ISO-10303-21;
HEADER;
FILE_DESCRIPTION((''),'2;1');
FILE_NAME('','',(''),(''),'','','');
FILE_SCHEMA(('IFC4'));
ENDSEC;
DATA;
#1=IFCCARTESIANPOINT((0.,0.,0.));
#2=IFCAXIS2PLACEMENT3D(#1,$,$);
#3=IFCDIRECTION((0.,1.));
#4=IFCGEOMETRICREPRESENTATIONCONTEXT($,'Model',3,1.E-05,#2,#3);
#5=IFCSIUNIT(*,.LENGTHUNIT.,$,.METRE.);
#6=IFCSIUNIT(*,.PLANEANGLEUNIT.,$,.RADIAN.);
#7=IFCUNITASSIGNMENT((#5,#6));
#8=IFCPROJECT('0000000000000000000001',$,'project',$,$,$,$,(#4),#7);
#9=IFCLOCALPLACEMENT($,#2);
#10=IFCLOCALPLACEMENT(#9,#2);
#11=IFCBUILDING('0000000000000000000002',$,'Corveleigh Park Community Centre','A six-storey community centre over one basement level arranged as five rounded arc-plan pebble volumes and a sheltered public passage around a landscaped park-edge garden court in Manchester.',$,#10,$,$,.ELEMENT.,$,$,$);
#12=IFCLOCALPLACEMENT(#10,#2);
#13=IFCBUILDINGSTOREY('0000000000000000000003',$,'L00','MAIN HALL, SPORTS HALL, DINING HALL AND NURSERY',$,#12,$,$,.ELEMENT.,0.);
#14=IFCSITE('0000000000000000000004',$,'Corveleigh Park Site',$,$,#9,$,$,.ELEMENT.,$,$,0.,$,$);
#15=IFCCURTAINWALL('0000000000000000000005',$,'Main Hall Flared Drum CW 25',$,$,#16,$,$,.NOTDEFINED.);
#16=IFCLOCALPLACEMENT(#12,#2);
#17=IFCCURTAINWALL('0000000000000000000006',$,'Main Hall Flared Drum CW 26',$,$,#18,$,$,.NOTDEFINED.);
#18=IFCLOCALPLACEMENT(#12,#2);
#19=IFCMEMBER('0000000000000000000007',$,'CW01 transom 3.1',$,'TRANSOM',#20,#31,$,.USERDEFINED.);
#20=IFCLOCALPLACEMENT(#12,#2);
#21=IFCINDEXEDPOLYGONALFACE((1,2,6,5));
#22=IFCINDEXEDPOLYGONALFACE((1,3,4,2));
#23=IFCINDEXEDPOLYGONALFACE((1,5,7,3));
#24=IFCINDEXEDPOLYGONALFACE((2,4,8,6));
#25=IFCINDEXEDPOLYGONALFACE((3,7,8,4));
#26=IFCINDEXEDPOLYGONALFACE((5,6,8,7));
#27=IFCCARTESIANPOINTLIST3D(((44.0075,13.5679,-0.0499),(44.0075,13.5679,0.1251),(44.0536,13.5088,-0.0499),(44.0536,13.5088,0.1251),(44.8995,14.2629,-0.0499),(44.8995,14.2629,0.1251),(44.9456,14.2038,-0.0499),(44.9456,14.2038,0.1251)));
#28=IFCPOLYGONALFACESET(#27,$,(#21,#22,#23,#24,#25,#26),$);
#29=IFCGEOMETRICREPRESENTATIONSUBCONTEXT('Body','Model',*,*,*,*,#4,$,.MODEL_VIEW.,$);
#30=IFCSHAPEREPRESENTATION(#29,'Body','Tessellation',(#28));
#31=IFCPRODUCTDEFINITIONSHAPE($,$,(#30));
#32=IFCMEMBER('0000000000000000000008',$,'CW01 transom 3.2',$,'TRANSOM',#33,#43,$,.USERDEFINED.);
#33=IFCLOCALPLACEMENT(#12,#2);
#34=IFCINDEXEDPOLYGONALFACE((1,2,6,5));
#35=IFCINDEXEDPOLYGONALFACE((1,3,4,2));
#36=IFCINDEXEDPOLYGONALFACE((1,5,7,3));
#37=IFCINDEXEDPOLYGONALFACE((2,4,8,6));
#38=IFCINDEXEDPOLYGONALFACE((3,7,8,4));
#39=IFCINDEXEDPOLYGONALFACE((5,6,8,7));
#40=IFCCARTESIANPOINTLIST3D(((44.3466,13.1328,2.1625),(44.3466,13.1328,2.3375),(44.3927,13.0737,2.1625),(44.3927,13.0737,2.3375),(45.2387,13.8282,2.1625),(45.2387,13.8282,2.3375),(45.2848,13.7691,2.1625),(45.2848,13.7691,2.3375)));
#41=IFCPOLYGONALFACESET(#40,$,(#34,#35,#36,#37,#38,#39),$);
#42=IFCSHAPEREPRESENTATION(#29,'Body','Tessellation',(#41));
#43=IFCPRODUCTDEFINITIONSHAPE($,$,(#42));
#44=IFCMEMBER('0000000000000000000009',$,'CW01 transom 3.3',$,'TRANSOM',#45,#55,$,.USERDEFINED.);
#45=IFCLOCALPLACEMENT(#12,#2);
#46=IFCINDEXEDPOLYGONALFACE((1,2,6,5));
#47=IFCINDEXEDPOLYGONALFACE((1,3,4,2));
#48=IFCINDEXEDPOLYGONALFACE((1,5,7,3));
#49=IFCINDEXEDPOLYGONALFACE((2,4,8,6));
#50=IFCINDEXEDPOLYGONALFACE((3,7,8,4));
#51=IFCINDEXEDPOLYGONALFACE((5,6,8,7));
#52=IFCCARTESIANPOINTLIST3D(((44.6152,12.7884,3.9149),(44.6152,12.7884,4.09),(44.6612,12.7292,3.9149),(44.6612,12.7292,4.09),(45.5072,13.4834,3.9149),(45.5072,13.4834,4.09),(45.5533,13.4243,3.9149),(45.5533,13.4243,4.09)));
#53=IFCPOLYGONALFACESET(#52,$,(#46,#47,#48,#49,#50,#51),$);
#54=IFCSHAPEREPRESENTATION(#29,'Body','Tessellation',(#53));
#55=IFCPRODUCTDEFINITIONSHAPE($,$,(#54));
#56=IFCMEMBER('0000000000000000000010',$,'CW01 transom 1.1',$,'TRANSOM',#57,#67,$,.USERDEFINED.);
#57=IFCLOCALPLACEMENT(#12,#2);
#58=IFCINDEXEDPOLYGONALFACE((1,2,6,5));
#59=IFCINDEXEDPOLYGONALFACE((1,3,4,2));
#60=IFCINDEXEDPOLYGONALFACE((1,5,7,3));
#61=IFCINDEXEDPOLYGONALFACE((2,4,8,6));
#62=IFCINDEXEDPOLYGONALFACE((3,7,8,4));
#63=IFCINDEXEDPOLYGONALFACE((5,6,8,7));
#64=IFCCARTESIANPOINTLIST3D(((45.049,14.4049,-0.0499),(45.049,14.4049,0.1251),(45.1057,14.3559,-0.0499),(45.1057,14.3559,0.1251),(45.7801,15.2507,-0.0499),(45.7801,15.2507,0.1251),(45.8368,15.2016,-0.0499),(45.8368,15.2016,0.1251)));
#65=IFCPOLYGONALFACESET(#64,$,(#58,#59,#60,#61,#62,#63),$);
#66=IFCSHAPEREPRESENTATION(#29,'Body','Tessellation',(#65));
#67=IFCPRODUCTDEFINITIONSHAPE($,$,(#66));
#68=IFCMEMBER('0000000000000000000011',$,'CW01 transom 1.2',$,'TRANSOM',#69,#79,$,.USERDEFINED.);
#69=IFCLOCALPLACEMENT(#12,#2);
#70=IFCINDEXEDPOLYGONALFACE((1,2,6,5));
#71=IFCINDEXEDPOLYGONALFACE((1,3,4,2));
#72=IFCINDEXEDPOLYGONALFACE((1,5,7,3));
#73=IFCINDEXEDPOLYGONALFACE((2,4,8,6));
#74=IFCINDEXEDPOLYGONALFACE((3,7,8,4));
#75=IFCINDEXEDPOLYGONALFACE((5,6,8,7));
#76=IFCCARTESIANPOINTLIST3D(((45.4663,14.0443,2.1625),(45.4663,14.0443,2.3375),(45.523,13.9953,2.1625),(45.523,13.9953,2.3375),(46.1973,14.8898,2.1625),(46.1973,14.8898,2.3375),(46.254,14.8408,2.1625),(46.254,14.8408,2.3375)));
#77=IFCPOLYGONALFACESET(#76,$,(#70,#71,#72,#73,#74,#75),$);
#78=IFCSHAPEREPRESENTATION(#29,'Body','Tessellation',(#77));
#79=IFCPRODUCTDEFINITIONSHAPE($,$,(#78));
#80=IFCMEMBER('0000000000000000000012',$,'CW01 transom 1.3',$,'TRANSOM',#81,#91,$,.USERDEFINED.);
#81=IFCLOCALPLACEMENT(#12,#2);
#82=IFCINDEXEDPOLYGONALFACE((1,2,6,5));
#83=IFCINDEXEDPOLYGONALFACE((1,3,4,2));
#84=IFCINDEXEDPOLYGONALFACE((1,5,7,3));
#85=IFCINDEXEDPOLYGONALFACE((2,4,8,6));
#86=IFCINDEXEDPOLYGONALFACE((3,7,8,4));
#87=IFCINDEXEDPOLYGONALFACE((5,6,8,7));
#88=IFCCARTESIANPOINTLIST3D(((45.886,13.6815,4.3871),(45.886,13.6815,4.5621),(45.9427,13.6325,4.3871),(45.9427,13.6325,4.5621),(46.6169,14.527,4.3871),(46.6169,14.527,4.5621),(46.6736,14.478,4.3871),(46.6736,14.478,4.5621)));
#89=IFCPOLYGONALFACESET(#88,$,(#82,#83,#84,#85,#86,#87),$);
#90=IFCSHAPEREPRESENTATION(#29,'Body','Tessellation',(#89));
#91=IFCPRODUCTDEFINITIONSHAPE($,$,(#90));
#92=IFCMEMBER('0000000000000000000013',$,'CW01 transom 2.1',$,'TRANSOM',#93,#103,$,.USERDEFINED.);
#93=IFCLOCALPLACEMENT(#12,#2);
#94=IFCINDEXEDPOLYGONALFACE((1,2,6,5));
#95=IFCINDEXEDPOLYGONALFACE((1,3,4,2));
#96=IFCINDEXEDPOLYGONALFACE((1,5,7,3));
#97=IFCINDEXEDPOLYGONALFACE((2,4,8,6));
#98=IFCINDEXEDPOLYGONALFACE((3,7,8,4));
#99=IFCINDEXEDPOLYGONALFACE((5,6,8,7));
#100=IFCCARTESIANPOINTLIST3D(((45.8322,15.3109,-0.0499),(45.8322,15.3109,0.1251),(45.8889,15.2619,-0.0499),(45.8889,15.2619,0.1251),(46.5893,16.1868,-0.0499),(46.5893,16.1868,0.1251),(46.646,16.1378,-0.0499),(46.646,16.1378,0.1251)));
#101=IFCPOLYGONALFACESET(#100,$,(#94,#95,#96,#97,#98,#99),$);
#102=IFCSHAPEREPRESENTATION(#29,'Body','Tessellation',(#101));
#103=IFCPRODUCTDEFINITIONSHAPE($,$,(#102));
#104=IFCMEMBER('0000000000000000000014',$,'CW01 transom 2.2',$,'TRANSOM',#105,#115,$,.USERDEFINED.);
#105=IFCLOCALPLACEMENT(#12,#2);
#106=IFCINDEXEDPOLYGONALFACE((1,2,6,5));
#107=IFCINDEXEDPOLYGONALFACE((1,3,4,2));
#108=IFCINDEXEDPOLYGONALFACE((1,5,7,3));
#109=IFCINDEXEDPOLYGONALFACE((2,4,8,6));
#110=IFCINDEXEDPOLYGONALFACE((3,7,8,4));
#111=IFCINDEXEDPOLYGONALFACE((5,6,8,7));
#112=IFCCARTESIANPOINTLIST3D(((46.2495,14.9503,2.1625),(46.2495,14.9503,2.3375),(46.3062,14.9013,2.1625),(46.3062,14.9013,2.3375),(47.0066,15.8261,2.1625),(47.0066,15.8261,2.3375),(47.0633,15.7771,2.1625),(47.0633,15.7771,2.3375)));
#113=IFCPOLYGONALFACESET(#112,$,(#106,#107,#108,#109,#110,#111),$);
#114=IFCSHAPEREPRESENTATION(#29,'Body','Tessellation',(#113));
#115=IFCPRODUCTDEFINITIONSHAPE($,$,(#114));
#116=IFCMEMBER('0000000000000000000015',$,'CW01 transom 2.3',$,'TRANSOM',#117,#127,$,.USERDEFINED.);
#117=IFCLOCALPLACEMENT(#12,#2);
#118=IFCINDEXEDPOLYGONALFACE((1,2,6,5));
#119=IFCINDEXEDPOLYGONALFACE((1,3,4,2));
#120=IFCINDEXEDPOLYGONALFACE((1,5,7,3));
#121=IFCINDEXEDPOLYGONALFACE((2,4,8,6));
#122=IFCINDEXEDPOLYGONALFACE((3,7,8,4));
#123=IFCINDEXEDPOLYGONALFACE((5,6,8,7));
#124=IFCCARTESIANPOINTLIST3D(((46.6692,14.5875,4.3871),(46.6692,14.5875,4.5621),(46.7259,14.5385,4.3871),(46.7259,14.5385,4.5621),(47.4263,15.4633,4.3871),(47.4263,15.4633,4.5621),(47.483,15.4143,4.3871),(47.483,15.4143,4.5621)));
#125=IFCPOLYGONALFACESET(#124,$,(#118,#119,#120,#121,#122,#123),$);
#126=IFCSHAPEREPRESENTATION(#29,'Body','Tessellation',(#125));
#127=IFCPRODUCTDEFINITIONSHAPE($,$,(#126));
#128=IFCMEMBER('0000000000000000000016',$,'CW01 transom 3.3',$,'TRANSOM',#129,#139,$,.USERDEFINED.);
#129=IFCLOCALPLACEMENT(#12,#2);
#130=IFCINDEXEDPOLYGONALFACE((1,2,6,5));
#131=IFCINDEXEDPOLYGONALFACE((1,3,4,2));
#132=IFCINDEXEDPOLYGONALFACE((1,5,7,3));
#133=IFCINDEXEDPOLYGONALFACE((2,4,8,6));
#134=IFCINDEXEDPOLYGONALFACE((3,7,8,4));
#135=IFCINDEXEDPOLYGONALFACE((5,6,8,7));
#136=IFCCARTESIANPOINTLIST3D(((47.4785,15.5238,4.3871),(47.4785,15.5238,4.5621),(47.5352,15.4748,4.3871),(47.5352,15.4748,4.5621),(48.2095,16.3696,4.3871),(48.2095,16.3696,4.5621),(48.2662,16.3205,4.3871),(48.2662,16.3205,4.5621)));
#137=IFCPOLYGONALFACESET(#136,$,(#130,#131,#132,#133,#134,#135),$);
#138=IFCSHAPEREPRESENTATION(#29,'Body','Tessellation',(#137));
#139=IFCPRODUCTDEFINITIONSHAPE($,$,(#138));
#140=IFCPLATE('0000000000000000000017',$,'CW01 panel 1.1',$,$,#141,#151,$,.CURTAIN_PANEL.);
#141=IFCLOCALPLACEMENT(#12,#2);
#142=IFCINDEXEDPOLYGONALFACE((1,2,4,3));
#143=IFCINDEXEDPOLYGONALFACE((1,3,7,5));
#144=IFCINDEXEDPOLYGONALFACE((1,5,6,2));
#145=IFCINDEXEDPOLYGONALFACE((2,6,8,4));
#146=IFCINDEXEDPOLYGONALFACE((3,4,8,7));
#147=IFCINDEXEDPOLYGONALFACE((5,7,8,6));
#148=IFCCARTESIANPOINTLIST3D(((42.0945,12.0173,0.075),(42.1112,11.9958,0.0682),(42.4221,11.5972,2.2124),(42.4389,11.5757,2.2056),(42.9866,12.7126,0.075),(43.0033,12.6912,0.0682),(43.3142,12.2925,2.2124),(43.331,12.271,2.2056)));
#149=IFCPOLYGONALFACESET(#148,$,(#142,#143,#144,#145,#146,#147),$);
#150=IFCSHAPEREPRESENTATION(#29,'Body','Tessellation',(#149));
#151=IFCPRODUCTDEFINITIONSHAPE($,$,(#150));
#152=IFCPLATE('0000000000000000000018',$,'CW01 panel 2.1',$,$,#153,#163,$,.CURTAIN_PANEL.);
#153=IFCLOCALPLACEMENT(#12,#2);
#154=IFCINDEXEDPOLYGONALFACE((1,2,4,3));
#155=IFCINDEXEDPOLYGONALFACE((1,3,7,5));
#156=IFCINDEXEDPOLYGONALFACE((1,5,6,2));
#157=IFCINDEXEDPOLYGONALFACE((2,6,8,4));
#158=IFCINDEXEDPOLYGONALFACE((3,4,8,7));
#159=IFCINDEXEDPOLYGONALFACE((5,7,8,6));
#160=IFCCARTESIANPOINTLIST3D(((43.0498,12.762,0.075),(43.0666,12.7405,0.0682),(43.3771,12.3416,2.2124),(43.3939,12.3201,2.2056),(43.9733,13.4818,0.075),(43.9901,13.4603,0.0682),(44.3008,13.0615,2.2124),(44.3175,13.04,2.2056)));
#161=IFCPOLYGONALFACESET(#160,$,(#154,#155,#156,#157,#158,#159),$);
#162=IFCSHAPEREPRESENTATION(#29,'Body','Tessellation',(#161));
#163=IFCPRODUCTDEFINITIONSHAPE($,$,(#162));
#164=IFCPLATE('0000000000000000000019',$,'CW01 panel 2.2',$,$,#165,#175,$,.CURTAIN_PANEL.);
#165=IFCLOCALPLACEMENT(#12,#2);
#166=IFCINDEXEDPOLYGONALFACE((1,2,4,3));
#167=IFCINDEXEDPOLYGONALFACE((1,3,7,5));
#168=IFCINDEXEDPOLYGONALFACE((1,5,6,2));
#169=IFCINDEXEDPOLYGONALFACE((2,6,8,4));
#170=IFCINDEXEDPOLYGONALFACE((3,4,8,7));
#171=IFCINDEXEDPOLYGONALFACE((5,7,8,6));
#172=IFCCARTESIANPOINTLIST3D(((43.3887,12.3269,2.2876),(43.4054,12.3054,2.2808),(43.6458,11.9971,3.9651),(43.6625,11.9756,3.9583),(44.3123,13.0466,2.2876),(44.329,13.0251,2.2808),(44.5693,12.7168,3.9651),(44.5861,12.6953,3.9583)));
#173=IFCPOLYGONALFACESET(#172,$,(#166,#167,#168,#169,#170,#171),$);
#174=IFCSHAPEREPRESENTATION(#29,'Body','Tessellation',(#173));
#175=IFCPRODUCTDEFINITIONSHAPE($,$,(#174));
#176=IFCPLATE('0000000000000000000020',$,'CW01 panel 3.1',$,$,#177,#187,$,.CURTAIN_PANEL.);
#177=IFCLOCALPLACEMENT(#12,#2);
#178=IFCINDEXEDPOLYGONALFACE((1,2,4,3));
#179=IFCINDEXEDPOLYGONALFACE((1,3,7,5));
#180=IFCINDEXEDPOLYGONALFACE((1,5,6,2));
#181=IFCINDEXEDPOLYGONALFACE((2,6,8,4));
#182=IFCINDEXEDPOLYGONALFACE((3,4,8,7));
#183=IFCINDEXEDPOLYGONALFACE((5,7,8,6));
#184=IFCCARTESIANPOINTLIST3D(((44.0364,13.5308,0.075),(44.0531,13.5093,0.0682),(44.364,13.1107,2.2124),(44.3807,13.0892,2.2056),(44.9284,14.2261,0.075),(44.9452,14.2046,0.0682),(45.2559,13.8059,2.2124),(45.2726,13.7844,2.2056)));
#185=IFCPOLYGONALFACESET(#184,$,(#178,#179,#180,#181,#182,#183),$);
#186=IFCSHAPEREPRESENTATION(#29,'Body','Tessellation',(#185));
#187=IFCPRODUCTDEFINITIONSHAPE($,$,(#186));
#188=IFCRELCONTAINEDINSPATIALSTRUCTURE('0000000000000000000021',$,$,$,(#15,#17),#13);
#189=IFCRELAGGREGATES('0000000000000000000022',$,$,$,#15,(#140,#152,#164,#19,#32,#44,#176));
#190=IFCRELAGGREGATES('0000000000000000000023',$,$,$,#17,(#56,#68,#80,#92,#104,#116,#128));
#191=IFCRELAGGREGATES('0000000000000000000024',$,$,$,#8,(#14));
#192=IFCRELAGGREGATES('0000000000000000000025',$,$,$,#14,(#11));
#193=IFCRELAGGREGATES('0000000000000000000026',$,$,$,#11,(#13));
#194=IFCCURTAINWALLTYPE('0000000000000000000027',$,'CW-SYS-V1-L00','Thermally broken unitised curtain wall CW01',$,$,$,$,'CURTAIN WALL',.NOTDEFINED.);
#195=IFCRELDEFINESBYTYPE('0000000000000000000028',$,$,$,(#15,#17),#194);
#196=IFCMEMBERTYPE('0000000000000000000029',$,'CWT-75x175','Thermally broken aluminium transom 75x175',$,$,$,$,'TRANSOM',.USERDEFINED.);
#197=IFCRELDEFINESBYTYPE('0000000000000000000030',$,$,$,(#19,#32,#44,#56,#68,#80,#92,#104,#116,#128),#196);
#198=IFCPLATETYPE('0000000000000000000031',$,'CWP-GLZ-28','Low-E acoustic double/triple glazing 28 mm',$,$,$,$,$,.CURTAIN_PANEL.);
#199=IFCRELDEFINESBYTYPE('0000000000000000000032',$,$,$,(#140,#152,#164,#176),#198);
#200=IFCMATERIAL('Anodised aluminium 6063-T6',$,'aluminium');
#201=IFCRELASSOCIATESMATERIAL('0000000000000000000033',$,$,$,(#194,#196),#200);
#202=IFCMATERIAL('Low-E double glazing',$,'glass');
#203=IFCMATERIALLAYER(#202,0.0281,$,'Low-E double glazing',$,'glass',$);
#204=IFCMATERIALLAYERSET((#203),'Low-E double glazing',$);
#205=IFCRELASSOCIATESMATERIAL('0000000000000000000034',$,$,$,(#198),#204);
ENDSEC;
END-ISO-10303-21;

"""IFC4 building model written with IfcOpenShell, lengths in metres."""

from ifc_helpers import new_model, si_unit, direction, frame, origin, origin_2d, place, context, subcontext, project, spatial, polyline, rectangle, outline, extrude, material, layer, layer_set, material_profile, profile_set, type_object, element, aggregate, save


model = new_model("IFC4")

# Units and contexts
model_context = context("Model", 3, precision=1e-05, world=origin(), true_north=direction((0.0, 1.0)))
body_context = subcontext(model_context, "Body", "Model", "MODEL_VIEW")
ifc_project = project(units=[si_unit("LENGTHUNIT", "METRE"), si_unit("PLANEANGLEUNIT", "RADIAN")], contexts=[model_context])

# Site, building, storey
site_placement = place(None, origin())
site = spatial("IfcSite", under=ifc_project, at=site_placement, Name="Corveleigh Park Site", CompositionType="ELEMENT", RefElevation=0.0)
building_placement = place(site_placement, origin())
building = spatial("IfcBuilding", under=site, at=building_placement, Name="Corveleigh Park Community Centre", Description="A six-storey community centre over one basement level arranged as five rounded arc-plan pebble volumes and a sheltered public passage around a landscaped park-edge garden court in Manchester.", CompositionType="ELEMENT")
storey_placement = place(building_placement, origin())
storey = spatial("IfcBuildingStorey", under=building, at=storey_placement, Name="L00", Description="MAIN HALL, SPORTS HALL, DINING HALL AND NURSERY", CompositionType="ELEMENT", Elevation=0.0)

# Shared definitions
ifc_material_1 = material(Name="Anodised aluminium 6063-T6", Category="aluminium")
curtain_wall_type = type_object("IfcCurtainWallType", Name="CW-SYS-V1-L00", Description="Thermally broken unitised curtain wall CW01", ElementType="CURTAIN WALL", PredefinedType="NOTDEFINED", material=ifc_material_1)

# Curtain walls
curtain_wall_1_placement = place(storey_placement, origin())
curtain_wall_1 = element("IfcCurtainWall", 1, at=curtain_wall_1_placement, inside=storey, type_object=curtain_wall_type, Name="Main Hall Flared Drum CW 25", PredefinedType="NOTDEFINED")
curtain_wall_2_placement = place(storey_placement, origin())
curtain_wall_2 = element("IfcCurtainWall", 2, at=curtain_wall_2_placement, inside=storey, type_object=curtain_wall_type, Name="Main Hall Flared Drum CW 26", PredefinedType="NOTDEFINED")

# Members
ifc_material_profile_1 = material_profile(ifc_material_1, rectangle(XDim=0.075, YDim=0.175, at=origin_2d()), Name="ALU-T75x175", Category="aluminium")
ifc_profile_set_1 = profile_set([ifc_material_profile_1], Name="Anodised aluminium 6063-T6")
member_type_1 = type_object("IfcMemberType", Name="CWT-75x175", Description="Thermally broken aluminium transom 75x175", ElementType="TRANSOM", PredefinedType="USERDEFINED", material=ifc_profile_set_1)
member_1_placement = place(storey_placement, frame((44.0305, 13.5383, 0.0376), z_axis=(0.788829, 0.614613, 0.0), x_axis=(-0.614613, 0.788829, 0.0)))
member_1 = element("IfcMember", 3, at=member_1_placement, type_object=member_type_1, Name="CW01 transom 3.1", ObjectType="TRANSOM", PredefinedType="USERDEFINED", context=body_context, shape_type="SweptSolid", body=[
    extrude(rectangle(XDim=0.075, YDim=0.175, at=origin_2d()), origin(), (0.0, 0.0, 1.0), 1.1309),
])
member_2_placement = place(storey_placement, frame((44.3696, 13.1033, 2.25), z_axis=(0.788724, 0.614747, 0.0), x_axis=(-0.614747, 0.788724, 0.0)))
member_2 = element("IfcMember", 4, at=member_2_placement, type_object=member_type_1, Name="CW01 transom 3.2", ObjectType="TRANSOM", PredefinedType="USERDEFINED", context=body_context, shape_type="SweptSolid", body=[
    extrude(rectangle(XDim=0.075, YDim=0.175, at=origin_2d()), origin(), (0.0, 0.0, 1.0), 1.1311),
])
member_3_placement = place(storey_placement, frame((44.6382, 12.7588, 4.0024), z_axis=(0.788829, 0.614613, 0.0), x_axis=(-0.614613, 0.788829, 0.0)))
member_3 = element("IfcMember", 5, at=member_3_placement, type_object=member_type_1, Name="CW01 transom 3.3", ObjectType="TRANSOM", PredefinedType="USERDEFINED", context=body_context, shape_type="SweptSolid", body=[
    extrude(rectangle(XDim=0.075, YDim=0.175, at=origin_2d()), origin(), (0.0, 0.0, 1.0), 1.1309),
])
member_4_placement = place(storey_placement, frame((45.0774, 14.3804, 0.0376), z_axis=(0.653916, 0.756568, 0.0), x_axis=(-0.756568, 0.653916, 0.0)))
member_4 = element("IfcMember", 6, at=member_4_placement, type_object=member_type_1, Name="CW01 transom 1.1", ObjectType="TRANSOM", PredefinedType="USERDEFINED", context=body_context, shape_type="SweptSolid", body=[
    extrude(rectangle(XDim=0.075, YDim=0.175, at=origin_2d()), origin(), (0.0, 0.0, 1.0), 1.1179),
])
member_5_placement = place(storey_placement, frame((45.4946, 14.0198, 2.25), z_axis=(0.654024, 0.756474, 0.0), x_axis=(-0.756474, 0.654024, 0.0)))
member_5 = element("IfcMember", 7, at=member_5_placement, type_object=member_type_1, Name="CW01 transom 1.2", ObjectType="TRANSOM", PredefinedType="USERDEFINED", context=body_context, shape_type="SweptSolid", body=[
    extrude(rectangle(XDim=0.075, YDim=0.175, at=origin_2d()), origin(), (0.0, 0.0, 1.0), 1.1177),
])
member_6_placement = place(storey_placement, frame((45.9143, 13.657, 4.4746), z_axis=(0.654024, 0.756474, 0.0), x_axis=(-0.756474, 0.654024, 0.0)))
member_6 = element("IfcMember", 8, at=member_6_placement, type_object=member_type_1, Name="CW01 transom 1.3", ObjectType="TRANSOM", PredefinedType="USERDEFINED", context=body_context, shape_type="SweptSolid", body=[
    extrude(rectangle(XDim=0.075, YDim=0.175, at=origin_2d()), origin(), (0.0, 0.0, 1.0), 1.1177),
])
member_7_placement = place(storey_placement, frame((45.8606, 15.2864, 0.0376), z_axis=(0.653894, 0.756586, 0.0), x_axis=(-0.756586, 0.653894, 0.0)))
member_7 = element("IfcMember", 9, at=member_7_placement, type_object=member_type_1, Name="CW01 transom 2.1", ObjectType="TRANSOM", PredefinedType="USERDEFINED", context=body_context, shape_type="SweptSolid", body=[
    extrude(rectangle(XDim=0.075, YDim=0.175, at=origin_2d()), origin(), (0.0, 0.0, 1.0), 1.1577),
])
member_8_placement = place(storey_placement, frame((46.2778, 14.9258, 2.25), z_axis=(0.653999, 0.756496, 0.0), x_axis=(-0.756496, 0.653999, 0.0)))
member_8 = element("IfcMember", 10, at=member_8_placement, type_object=member_type_1, Name="CW01 transom 2.2", ObjectType="TRANSOM", PredefinedType="USERDEFINED", context=body_context, shape_type="SweptSolid", body=[
    extrude(rectangle(XDim=0.075, YDim=0.175, at=origin_2d()), origin(), (0.0, 0.0, 1.0), 1.1577),
])
member_9_placement = place(storey_placement, frame((46.6975, 14.563, 4.4746), z_axis=(0.653999, 0.756496, 0.0), x_axis=(-0.756496, 0.653999, 0.0)))
member_9 = element("IfcMember", 11, at=member_9_placement, type_object=member_type_1, Name="CW01 transom 2.3", ObjectType="TRANSOM", PredefinedType="USERDEFINED", context=body_context, shape_type="SweptSolid", body=[
    extrude(rectangle(XDim=0.075, YDim=0.175, at=origin_2d()), origin(), (0.0, 0.0, 1.0), 1.1577),
])
member_10_placement = place(storey_placement, frame((47.5068, 15.4993, 4.4746), z_axis=(0.653916, 0.756568, 0.0), x_axis=(-0.756568, 0.653916, 0.0)))
member_10 = element("IfcMember", 12, at=member_10_placement, type_object=member_type_1, Name="CW01 transom 3.3", ObjectType="TRANSOM", PredefinedType="USERDEFINED", context=body_context, shape_type="SweptSolid", body=[
    extrude(rectangle(XDim=0.075, YDim=0.175, at=origin_2d()), origin(), (0.0, 0.0, 1.0), 1.1179),
])

# Plates
ifc_material_2 = material(Name="Low-E double glazing", Category="glass")
ifc_layer = layer(ifc_material_2, 0.0281, Name="Low-E double glazing", Category="glass")
ifc_layer_set = layer_set([ifc_layer], Name="Low-E double glazing")
plate_type = type_object("IfcPlateType", Name="CWP-GLZ-28", Description="Low-E acoustic double/triple glazing 28 mm", PredefinedType="CURTAIN_PANEL", material=ifc_layer_set)
plate_1_placement = place(storey_placement, frame((42.0945, 12.0173, 0.075), z_axis=(-0.596494, 0.765306, 0.241872), x_axis=(0.788724, 0.614747, 0.0)))
plate_1 = element("IfcPlate", 13, at=plate_1_placement, type_object=plate_type, Name="CW01 panel 1.1", PredefinedType="CURTAIN_PANEL", context=body_context, shape_type="SweptSolid", body=[
    extrude(outline(polyline([(0.0, 0.0), (1.1311, 0.0), (1.1312, -2.2029), (0.0001, -2.2029), (0.0, 0.0)])), origin(), (0.0, 0.0, -1.0), 0.0281),
])
plate_2_placement = place(storey_placement, frame((43.0498, 12.762, 0.075), z_axis=(-0.596492, 0.765315, 0.241849), x_axis=(0.788732, 0.614738, 0.000019)))
plate_2 = element("IfcPlate", 14, at=plate_2_placement, type_object=plate_type, Name="CW01 panel 2.1", PredefinedType="CURTAIN_PANEL", context=body_context, shape_type="SweptSolid", body=[
    extrude(outline(polyline([(0.0, 0.0), (1.1709, 0.0), (1.1709, -2.2028), (-0.0002, -2.2029), (0.0, 0.0)])), origin(), (0.0, 0.0, -1.0), 0.0281),
])
plate_3_placement = place(storey_placement, frame((43.3887, 12.3269, 2.2876), z_axis=(-0.596423, 0.765355, 0.24189), x_axis=(0.788779, 0.614677, 0.0)))
plate_3 = element("IfcPlate", 15, at=plate_3_placement, type_object=plate_type, Name="CW01 panel 2.2", PredefinedType="CURTAIN_PANEL", context=body_context, shape_type="SweptSolid", body=[
    extrude(outline(polyline([(0.0, 0.0), (1.1709, 0.0), (1.1709, -1.7288), (0.0, -1.7288), (0.0, 0.0)])), origin(), (0.0, 0.0, -1.0), 0.0281),
])
plate_4_placement = place(storey_placement, frame((44.0364, 13.5308, 0.075), z_axis=(-0.59655, 0.765272, 0.24184), x_axis=(0.788686, 0.614797, 0.000016)))
plate_4 = element("IfcPlate", 16, at=plate_4_placement, type_object=plate_type, Name="CW01 panel 3.1", PredefinedType="CURTAIN_PANEL", context=body_context, shape_type="SweptSolid", body=[
    extrude(outline(polyline([(0.0, 0.0), (1.1311, 0.0), (1.131, -2.2028), (0.0001, -2.2029), (0.0, 0.0)])), origin(), (0.0, 0.0, -1.0), 0.0281),
])
aggregate(curtain_wall_1, [plate_1, plate_2, plate_3, member_1, member_2, member_3, plate_4])
aggregate(curtain_wall_2, [member_4, member_5, member_6, member_7, member_8, member_9, member_10])

save(model, "model.ifc")
